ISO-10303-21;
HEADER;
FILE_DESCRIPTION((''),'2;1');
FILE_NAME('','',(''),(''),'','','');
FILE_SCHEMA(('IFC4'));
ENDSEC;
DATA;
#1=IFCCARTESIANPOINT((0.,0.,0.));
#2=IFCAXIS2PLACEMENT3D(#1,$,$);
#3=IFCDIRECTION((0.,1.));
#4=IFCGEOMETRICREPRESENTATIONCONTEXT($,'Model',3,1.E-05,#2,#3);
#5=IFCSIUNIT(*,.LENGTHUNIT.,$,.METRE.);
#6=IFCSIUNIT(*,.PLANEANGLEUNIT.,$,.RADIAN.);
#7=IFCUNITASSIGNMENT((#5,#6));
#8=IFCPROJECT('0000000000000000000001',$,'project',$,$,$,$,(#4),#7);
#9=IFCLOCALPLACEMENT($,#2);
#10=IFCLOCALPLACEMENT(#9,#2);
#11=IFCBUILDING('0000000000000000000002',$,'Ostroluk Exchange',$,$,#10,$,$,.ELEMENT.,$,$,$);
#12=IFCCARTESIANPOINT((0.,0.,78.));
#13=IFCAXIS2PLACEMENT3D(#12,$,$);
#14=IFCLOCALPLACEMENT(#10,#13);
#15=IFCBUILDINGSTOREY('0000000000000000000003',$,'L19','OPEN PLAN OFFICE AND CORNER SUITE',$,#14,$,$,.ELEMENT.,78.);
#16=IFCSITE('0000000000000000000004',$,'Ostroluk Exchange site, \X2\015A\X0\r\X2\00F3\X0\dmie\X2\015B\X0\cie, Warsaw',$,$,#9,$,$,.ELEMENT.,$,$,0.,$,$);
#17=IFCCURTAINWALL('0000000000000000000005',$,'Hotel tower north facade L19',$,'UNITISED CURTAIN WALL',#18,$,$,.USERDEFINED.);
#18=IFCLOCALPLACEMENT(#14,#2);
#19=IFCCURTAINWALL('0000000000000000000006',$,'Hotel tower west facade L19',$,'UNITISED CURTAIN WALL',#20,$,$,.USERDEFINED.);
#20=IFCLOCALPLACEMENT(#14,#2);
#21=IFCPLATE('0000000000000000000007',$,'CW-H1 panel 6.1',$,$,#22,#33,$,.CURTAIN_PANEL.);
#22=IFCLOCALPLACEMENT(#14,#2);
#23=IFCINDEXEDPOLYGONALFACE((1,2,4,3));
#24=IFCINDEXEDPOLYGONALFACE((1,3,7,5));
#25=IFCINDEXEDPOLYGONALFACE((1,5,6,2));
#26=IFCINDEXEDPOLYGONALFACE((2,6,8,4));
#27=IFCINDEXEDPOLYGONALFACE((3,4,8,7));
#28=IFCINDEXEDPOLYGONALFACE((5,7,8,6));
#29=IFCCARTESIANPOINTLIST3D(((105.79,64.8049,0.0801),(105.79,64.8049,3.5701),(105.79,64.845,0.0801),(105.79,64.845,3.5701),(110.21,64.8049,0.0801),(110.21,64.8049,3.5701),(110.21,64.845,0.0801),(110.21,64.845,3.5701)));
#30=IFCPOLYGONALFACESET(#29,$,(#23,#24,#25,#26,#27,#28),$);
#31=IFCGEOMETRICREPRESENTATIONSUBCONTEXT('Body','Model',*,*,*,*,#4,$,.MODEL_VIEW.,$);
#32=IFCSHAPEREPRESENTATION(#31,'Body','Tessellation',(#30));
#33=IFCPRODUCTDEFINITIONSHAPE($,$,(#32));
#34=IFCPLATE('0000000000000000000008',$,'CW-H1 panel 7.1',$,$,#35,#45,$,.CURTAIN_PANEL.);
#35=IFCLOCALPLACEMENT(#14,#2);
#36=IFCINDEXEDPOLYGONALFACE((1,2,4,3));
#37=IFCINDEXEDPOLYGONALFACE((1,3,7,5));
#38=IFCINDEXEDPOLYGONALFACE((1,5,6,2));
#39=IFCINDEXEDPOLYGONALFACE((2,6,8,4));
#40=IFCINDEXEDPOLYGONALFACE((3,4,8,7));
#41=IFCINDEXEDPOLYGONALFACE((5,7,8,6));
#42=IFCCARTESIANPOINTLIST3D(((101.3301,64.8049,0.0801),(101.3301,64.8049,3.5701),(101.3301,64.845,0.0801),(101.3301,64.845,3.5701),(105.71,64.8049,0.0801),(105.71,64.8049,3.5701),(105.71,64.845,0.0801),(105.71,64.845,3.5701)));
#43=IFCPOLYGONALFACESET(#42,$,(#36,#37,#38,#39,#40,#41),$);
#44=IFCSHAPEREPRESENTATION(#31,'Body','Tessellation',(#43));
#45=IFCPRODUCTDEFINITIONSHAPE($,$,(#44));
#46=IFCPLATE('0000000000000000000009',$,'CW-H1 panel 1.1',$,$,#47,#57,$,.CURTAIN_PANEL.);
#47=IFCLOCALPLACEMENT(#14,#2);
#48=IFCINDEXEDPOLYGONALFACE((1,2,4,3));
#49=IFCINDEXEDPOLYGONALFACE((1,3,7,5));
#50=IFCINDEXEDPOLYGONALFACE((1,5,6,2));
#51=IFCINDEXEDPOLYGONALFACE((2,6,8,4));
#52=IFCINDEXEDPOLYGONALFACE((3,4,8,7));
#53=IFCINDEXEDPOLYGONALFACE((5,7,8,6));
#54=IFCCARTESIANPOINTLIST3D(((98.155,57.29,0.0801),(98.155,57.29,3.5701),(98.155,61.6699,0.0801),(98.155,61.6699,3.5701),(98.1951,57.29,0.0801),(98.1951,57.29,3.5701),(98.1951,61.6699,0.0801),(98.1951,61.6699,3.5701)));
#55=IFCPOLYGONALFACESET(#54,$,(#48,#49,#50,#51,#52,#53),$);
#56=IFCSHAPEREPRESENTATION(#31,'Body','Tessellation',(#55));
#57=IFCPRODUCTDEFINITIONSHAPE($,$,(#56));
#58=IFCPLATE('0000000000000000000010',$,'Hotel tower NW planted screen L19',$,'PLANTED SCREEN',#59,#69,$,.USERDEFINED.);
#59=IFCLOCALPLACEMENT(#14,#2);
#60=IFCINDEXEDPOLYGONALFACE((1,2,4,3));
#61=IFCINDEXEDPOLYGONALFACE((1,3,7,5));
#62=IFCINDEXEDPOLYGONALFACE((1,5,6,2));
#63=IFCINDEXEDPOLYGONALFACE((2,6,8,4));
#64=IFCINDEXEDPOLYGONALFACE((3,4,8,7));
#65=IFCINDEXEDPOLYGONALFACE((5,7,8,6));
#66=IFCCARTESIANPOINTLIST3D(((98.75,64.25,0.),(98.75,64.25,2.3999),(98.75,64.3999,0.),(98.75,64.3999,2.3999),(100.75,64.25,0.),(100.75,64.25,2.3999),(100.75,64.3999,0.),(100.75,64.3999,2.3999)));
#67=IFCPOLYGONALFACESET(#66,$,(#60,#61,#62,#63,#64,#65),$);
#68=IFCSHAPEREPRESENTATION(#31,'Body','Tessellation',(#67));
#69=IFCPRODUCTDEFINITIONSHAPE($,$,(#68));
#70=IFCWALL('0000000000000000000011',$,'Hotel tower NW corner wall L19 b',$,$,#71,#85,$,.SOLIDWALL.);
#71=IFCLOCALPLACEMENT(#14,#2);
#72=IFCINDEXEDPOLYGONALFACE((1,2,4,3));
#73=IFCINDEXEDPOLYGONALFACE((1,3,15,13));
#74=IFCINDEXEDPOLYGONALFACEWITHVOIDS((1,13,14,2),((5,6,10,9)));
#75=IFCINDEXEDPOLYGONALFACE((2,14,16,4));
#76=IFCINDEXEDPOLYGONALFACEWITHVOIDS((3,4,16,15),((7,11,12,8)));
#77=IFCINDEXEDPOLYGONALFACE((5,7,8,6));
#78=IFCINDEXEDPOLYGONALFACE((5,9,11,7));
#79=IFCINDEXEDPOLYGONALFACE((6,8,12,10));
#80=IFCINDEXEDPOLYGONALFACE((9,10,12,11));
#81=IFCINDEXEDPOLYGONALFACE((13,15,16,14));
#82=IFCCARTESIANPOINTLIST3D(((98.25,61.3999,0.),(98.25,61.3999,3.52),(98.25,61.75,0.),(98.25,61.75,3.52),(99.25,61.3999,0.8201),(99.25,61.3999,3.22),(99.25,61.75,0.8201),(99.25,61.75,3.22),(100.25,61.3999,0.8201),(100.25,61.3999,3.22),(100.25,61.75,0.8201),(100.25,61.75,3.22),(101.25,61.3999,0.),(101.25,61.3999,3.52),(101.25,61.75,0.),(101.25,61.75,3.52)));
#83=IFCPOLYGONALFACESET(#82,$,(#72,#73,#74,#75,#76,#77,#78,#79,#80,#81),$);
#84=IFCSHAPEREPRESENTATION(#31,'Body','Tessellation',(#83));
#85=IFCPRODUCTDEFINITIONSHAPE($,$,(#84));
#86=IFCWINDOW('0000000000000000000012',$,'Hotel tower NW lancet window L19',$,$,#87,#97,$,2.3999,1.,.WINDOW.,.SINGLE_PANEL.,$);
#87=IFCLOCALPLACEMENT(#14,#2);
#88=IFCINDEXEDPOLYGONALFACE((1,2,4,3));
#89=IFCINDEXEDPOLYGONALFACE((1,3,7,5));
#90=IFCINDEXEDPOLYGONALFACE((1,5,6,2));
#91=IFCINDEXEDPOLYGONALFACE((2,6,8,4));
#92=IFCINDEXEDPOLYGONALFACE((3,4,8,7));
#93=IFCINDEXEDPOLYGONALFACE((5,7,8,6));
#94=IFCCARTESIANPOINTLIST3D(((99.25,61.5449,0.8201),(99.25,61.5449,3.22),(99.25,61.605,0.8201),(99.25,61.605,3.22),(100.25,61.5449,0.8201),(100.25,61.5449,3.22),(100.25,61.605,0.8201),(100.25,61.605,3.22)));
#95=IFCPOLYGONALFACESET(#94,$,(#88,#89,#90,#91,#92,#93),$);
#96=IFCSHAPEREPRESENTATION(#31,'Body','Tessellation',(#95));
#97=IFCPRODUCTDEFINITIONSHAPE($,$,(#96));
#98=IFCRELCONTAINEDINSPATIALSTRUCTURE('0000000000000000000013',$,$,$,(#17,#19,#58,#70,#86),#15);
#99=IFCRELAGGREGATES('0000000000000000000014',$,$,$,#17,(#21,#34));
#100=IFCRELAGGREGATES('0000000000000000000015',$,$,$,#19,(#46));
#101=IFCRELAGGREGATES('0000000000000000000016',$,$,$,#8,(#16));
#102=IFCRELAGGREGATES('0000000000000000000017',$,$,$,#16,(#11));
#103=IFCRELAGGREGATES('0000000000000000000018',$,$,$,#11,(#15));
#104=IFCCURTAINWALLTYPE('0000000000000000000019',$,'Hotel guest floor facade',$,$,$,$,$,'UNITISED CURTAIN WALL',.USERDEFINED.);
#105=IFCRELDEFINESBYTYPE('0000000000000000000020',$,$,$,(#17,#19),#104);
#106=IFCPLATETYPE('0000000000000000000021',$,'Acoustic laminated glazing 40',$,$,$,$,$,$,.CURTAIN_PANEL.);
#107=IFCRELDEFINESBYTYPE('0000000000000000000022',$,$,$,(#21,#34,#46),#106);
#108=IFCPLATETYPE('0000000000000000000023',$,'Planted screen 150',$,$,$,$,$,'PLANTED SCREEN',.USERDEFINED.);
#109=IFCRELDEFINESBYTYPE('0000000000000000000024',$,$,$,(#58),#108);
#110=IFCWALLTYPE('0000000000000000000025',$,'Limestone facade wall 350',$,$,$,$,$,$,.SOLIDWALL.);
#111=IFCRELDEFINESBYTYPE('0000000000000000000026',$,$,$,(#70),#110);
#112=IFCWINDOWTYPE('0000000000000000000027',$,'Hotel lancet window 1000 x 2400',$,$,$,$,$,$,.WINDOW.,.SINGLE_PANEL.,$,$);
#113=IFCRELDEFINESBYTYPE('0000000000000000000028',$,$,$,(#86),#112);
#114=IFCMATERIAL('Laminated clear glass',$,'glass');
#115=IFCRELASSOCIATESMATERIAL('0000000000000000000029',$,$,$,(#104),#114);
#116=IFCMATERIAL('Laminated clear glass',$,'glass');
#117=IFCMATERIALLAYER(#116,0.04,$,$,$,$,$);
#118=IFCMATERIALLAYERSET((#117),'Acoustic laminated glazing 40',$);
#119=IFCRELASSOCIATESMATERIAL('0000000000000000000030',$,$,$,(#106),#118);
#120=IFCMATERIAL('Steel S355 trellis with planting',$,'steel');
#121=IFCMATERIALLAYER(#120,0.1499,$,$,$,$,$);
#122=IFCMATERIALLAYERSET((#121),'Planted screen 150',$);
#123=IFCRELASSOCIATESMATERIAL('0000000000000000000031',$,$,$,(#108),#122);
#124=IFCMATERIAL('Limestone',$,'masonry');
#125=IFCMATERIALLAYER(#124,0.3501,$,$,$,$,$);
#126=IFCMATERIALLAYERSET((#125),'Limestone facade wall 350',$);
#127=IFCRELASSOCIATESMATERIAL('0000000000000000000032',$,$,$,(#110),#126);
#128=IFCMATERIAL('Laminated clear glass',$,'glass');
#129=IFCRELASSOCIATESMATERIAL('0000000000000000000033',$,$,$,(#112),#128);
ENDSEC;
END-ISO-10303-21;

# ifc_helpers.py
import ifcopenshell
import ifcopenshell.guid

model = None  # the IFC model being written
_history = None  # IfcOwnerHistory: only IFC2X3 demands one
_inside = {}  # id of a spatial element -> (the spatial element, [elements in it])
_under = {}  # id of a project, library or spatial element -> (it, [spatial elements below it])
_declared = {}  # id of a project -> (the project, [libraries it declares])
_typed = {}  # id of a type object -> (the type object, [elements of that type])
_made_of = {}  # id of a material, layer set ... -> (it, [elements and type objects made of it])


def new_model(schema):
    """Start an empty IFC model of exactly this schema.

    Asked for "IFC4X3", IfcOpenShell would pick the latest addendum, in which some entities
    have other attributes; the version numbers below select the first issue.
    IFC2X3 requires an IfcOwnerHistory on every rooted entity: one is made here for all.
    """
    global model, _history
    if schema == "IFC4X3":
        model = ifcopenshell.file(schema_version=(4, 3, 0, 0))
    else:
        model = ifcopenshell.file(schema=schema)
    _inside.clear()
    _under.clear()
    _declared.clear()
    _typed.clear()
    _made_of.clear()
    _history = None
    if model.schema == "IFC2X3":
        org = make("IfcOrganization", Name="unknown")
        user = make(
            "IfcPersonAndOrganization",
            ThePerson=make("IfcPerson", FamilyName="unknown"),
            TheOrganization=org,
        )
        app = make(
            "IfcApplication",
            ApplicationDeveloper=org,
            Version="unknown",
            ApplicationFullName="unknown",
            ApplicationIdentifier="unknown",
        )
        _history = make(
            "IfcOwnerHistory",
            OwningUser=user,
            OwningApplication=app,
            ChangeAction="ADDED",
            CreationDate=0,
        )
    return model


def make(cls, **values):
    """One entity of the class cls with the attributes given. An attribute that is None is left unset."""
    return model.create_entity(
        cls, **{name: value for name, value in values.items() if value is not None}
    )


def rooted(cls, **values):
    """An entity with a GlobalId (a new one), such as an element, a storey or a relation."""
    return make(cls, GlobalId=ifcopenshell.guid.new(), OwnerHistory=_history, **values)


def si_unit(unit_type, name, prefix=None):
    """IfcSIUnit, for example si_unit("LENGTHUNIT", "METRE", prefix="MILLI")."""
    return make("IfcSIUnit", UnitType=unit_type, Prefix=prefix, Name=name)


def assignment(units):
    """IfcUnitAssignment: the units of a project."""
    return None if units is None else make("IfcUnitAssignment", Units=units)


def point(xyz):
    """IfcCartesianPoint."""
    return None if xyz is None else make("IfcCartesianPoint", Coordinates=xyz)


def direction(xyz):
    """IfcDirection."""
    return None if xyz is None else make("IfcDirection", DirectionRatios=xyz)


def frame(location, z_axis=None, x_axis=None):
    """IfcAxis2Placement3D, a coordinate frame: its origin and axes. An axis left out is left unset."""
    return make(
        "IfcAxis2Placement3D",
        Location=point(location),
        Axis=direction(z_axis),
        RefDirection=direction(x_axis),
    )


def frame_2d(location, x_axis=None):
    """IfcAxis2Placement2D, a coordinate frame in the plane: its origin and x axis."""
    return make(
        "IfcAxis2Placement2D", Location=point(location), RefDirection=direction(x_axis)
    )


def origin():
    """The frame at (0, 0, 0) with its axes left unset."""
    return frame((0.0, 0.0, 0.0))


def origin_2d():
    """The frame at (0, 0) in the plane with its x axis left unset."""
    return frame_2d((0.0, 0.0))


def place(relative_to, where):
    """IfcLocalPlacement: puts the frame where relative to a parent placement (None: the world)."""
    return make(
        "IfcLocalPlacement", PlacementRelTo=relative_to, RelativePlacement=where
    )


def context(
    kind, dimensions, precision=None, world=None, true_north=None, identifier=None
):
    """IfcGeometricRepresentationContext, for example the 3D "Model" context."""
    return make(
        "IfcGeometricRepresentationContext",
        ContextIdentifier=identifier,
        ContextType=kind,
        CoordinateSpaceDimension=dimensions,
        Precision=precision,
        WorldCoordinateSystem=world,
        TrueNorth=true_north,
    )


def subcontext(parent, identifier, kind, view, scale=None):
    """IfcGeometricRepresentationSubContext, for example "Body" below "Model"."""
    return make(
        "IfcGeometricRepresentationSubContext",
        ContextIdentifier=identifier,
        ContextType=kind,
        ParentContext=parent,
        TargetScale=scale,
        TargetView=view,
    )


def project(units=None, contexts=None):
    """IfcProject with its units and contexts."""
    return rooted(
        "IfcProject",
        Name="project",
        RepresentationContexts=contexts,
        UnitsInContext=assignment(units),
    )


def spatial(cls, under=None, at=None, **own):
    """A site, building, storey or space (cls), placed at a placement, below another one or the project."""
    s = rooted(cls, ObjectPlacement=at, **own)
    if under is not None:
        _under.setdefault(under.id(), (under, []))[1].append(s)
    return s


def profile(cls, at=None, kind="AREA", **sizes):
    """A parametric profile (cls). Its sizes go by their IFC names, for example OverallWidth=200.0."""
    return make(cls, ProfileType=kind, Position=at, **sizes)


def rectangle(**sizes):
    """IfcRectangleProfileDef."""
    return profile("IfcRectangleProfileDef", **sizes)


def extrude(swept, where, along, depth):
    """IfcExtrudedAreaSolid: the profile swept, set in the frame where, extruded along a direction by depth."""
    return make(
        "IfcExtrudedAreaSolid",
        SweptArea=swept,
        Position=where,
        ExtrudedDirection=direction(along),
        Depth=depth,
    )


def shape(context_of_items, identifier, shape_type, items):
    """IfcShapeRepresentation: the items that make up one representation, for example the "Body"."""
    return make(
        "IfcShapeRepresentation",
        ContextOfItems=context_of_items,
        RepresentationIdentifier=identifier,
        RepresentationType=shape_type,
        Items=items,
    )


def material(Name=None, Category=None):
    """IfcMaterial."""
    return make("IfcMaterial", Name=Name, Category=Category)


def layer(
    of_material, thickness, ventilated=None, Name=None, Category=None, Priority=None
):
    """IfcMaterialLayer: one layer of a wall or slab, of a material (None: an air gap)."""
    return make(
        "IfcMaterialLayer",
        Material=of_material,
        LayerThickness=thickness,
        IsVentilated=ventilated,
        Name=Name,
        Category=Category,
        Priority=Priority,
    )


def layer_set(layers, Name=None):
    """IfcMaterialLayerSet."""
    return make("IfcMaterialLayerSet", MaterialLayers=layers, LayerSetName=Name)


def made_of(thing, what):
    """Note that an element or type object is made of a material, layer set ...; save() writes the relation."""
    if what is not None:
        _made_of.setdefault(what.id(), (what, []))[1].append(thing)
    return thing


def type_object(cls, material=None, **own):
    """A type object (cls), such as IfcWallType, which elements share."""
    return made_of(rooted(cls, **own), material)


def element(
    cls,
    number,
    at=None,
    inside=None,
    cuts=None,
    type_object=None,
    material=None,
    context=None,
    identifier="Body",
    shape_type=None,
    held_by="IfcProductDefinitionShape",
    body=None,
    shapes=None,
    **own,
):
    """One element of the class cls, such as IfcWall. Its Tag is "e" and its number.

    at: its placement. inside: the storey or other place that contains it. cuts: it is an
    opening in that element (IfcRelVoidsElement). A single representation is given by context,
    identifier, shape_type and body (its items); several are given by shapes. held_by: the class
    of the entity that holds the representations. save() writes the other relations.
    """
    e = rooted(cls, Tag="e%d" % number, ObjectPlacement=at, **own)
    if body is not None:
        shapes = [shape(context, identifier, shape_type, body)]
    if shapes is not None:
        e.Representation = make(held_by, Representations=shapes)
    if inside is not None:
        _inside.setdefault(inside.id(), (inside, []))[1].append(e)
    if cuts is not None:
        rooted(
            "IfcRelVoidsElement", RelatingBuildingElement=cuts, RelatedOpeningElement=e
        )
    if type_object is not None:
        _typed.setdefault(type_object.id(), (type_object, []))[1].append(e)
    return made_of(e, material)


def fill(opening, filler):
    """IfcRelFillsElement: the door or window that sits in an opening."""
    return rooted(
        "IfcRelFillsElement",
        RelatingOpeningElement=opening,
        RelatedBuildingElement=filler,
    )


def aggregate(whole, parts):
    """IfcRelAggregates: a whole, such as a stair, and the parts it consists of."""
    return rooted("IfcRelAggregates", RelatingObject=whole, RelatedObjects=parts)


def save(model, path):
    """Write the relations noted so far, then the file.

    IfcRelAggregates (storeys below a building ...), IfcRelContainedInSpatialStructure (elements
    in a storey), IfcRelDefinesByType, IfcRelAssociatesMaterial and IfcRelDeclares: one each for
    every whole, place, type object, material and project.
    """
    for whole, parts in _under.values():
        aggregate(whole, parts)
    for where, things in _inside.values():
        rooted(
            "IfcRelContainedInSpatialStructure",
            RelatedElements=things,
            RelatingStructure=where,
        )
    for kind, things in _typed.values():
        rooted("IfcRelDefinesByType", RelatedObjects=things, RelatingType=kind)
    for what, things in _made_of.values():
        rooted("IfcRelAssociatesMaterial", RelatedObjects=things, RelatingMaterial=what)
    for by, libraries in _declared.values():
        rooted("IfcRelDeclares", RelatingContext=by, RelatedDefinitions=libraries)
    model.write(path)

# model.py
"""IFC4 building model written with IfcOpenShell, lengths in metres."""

from ifc_helpers import new_model, si_unit, direction, frame, frame_2d, origin, origin_2d, place, context, subcontext, project, spatial, rectangle, extrude, material, layer, layer_set, type_object, element, fill, aggregate, save


model = new_model("IFC4")

# Units and contexts
model_context = context("Model", 3, precision=1e-05, world=origin(), true_north=direction((0.0, 1.0)))
body_context = subcontext(model_context, "Body", "Model", "MODEL_VIEW")
ifc_project = project(units=[si_unit("LENGTHUNIT", "METRE"), si_unit("PLANEANGLEUNIT", "RADIAN")], contexts=[model_context])

# Site, building, storey
site_placement = place(None, origin())
site = spatial("IfcSite", under=ifc_project, at=site_placement, Name="Ostroluk Exchange site, Śródmieście, Warsaw", CompositionType="ELEMENT", RefElevation=0.0)
building_placement = place(site_placement, origin())
building = spatial("IfcBuilding", under=site, at=building_placement, Name="Ostroluk Exchange", CompositionType="ELEMENT")
storey_placement = place(building_placement, frame((0.0, 0.0, 78.0)))
storey = spatial("IfcBuildingStorey", under=building, at=storey_placement, Name="L19", Description="OPEN PLAN OFFICE AND CORNER SUITE", CompositionType="ELEMENT", Elevation=78.0)

# Curtain walls
ifc_material_1 = material(Name="Laminated clear glass", Category="glass")
curtain_wall_type = type_object("IfcCurtainWallType", Name="Hotel guest floor facade", ElementType="UNITISED CURTAIN WALL", PredefinedType="USERDEFINED", material=ifc_material_1)
curtain_wall_1_placement = place(storey_placement, origin())
curtain_wall_1 = element("IfcCurtainWall", 1, at=curtain_wall_1_placement, inside=storey, type_object=curtain_wall_type, Name="Hotel tower north facade L19", ObjectType="UNITISED CURTAIN WALL", PredefinedType="USERDEFINED")
curtain_wall_2_placement = place(storey_placement, origin())
curtain_wall_2 = element("IfcCurtainWall", 2, at=curtain_wall_2_placement, inside=storey, type_object=curtain_wall_type, Name="Hotel tower west facade L19", ObjectType="UNITISED CURTAIN WALL", PredefinedType="USERDEFINED")

# Plates
ifc_material_2 = material(Name="Laminated clear glass", Category="glass")
ifc_layer_1 = layer(ifc_material_2, 0.04)
ifc_layer_set_1 = layer_set([ifc_layer_1], Name="Acoustic laminated glazing 40")
plate_type_1 = type_object("IfcPlateType", Name="Acoustic laminated glazing 40", PredefinedType="CURTAIN_PANEL", material=ifc_layer_set_1)
plate_1_placement = place(storey_placement, frame((108.0, 64.825, 0.0801), z_axis=(0.0, 0.0, 1.0), x_axis=(-1.0, 0.0, 0.0)))
plate_1 = element("IfcPlate", 3, at=plate_1_placement, type_object=plate_type_1, Name="CW-H1 panel 6.1", PredefinedType="CURTAIN_PANEL", context=body_context, shape_type="SweptSolid", body=[
    extrude(rectangle(XDim=4.4199, YDim=0.04, at=origin_2d()), origin(), (0.0, 0.0, 1.0), 3.49),
])
plate_2_placement = place(storey_placement, frame((103.52, 64.825, 0.0801), z_axis=(0.0, 0.0, 1.0), x_axis=(-1.0, 0.0, 0.0)))
plate_2 = element("IfcPlate", 4, at=plate_2_placement, type_object=plate_type_1, Name="CW-H1 panel 7.1", PredefinedType="CURTAIN_PANEL", context=body_context, shape_type="SweptSolid", body=[
    extrude(rectangle(XDim=4.3799, YDim=0.04, at=origin_2d()), origin(), (0.0, 0.0, 1.0), 3.49),
])
aggregate(curtain_wall_1, [plate_1, plate_2])
plate_3_placement = place(storey_placement, frame((98.175, 59.48, 0.0801), z_axis=(0.0, 0.0, 1.0), x_axis=(0.0, -1.0, 0.0)))
plate_3 = element("IfcPlate", 5, at=plate_3_placement, type_object=plate_type_1, Name="CW-H1 panel 1.1", PredefinedType="CURTAIN_PANEL", context=body_context, shape_type="SweptSolid", body=[
    extrude(rectangle(XDim=4.3799, YDim=0.04, at=origin_2d()), origin(), (0.0, 0.0, 1.0), 3.49),
])
aggregate(curtain_wall_2, [plate_3])
ifc_material_3 = material(Name="Steel S355 trellis with planting", Category="steel")
ifc_layer_2 = layer(ifc_material_3, 0.1499)
ifc_layer_set_2 = layer_set([ifc_layer_2], Name="Planted screen 150")
plate_type_2 = type_object("IfcPlateType", Name="Planted screen 150", ElementType="PLANTED SCREEN", PredefinedType="USERDEFINED", material=ifc_layer_set_2)
plate_4_placement = place(storey_placement, frame((99.75, 64.325, 0.0), z_axis=(0.0, 0.0, 1.0), x_axis=(1.0, 0.0, 0.0)))
element("IfcPlate", 6, at=plate_4_placement, inside=storey, type_object=plate_type_2, Name="Hotel tower NW planted screen L19", ObjectType="PLANTED SCREEN", PredefinedType="USERDEFINED", context=body_context, shape_type="SweptSolid", body=[
    extrude(rectangle(XDim=2.0, YDim=0.1499, at=origin_2d()), origin(), (0.0, 0.0, 1.0), 2.3999),
])

# Shared definitions
ifc_material_4 = material(Name="Limestone", Category="masonry")
ifc_layer_3 = layer(ifc_material_4, 0.3501)
ifc_layer_set_3 = layer_set([ifc_layer_3], Name="Limestone facade wall 350")
wall_type_1 = type_object("IfcWallType", Name="Limestone facade wall 350", PredefinedType="SOLIDWALL", material=ifc_layer_set_3)

# Wall, opening, window
wall_1_placement = place(storey_placement, frame((101.25, 61.575, 0.0), z_axis=(0.0, 0.0, 1.0), x_axis=(-1.0, 0.0, 0.0)))
wall_1 = element("IfcWall", 7, at=wall_1_placement, inside=storey, type_object=wall_type_1, Name="Hotel tower NW corner wall L19 b", PredefinedType="SOLIDWALL", context=body_context, shape_type="SweptSolid", body=[
    extrude(rectangle(XDim=3.0, YDim=0.3501, at=frame_2d((1.5, 0.0))), origin(), (0.0, 0.0, 1.0), 3.52),
])
opening_1_placement = place(wall_1_placement, frame((1.0, 0.0, 0.8201)))
opening_1 = element("IfcOpeningElement", 8, at=opening_1_placement, cuts=wall_1, PredefinedType="OPENING", context=body_context, shape_type="SweptSolid", body=[
    extrude(rectangle(XDim=1.0, YDim=2.3999, at=frame_2d((0.5, 1.2))), frame((0.0, 0.1851, 0.0), z_axis=(0.0, -1.0, 0.0), x_axis=(1.0, 0.0, 0.0)), (0.0, 0.0, 1.0), 0.3701),
])
ifc_material_5 = material(Name="Laminated clear glass", Category="glass")
window_type = type_object("IfcWindowType", Name="Hotel lancet window 1000 x 2400", PartitioningType="SINGLE_PANEL", PredefinedType="WINDOW", material=ifc_material_5)
window_placement = place(opening_1_placement, origin())
window = element("IfcWindow", 9, at=window_placement, inside=storey, type_object=window_type, Name="Hotel tower NW lancet window L19", OverallHeight=2.3999, OverallWidth=1.0, PartitioningType="SINGLE_PANEL", PredefinedType="WINDOW", context=body_context, shape_type="SweptSolid", body=[
    extrude(rectangle(XDim=1.0, YDim=2.3999, at=frame_2d((0.5, 1.2))), frame((0.0, 0.03, 0.0), z_axis=(0.0, -1.0, 0.0), x_axis=(1.0, 0.0, 0.0)), (0.0, 0.0, 1.0), 0.0601),
])
fill(opening_1, window)

save(model, "model.ifc")
